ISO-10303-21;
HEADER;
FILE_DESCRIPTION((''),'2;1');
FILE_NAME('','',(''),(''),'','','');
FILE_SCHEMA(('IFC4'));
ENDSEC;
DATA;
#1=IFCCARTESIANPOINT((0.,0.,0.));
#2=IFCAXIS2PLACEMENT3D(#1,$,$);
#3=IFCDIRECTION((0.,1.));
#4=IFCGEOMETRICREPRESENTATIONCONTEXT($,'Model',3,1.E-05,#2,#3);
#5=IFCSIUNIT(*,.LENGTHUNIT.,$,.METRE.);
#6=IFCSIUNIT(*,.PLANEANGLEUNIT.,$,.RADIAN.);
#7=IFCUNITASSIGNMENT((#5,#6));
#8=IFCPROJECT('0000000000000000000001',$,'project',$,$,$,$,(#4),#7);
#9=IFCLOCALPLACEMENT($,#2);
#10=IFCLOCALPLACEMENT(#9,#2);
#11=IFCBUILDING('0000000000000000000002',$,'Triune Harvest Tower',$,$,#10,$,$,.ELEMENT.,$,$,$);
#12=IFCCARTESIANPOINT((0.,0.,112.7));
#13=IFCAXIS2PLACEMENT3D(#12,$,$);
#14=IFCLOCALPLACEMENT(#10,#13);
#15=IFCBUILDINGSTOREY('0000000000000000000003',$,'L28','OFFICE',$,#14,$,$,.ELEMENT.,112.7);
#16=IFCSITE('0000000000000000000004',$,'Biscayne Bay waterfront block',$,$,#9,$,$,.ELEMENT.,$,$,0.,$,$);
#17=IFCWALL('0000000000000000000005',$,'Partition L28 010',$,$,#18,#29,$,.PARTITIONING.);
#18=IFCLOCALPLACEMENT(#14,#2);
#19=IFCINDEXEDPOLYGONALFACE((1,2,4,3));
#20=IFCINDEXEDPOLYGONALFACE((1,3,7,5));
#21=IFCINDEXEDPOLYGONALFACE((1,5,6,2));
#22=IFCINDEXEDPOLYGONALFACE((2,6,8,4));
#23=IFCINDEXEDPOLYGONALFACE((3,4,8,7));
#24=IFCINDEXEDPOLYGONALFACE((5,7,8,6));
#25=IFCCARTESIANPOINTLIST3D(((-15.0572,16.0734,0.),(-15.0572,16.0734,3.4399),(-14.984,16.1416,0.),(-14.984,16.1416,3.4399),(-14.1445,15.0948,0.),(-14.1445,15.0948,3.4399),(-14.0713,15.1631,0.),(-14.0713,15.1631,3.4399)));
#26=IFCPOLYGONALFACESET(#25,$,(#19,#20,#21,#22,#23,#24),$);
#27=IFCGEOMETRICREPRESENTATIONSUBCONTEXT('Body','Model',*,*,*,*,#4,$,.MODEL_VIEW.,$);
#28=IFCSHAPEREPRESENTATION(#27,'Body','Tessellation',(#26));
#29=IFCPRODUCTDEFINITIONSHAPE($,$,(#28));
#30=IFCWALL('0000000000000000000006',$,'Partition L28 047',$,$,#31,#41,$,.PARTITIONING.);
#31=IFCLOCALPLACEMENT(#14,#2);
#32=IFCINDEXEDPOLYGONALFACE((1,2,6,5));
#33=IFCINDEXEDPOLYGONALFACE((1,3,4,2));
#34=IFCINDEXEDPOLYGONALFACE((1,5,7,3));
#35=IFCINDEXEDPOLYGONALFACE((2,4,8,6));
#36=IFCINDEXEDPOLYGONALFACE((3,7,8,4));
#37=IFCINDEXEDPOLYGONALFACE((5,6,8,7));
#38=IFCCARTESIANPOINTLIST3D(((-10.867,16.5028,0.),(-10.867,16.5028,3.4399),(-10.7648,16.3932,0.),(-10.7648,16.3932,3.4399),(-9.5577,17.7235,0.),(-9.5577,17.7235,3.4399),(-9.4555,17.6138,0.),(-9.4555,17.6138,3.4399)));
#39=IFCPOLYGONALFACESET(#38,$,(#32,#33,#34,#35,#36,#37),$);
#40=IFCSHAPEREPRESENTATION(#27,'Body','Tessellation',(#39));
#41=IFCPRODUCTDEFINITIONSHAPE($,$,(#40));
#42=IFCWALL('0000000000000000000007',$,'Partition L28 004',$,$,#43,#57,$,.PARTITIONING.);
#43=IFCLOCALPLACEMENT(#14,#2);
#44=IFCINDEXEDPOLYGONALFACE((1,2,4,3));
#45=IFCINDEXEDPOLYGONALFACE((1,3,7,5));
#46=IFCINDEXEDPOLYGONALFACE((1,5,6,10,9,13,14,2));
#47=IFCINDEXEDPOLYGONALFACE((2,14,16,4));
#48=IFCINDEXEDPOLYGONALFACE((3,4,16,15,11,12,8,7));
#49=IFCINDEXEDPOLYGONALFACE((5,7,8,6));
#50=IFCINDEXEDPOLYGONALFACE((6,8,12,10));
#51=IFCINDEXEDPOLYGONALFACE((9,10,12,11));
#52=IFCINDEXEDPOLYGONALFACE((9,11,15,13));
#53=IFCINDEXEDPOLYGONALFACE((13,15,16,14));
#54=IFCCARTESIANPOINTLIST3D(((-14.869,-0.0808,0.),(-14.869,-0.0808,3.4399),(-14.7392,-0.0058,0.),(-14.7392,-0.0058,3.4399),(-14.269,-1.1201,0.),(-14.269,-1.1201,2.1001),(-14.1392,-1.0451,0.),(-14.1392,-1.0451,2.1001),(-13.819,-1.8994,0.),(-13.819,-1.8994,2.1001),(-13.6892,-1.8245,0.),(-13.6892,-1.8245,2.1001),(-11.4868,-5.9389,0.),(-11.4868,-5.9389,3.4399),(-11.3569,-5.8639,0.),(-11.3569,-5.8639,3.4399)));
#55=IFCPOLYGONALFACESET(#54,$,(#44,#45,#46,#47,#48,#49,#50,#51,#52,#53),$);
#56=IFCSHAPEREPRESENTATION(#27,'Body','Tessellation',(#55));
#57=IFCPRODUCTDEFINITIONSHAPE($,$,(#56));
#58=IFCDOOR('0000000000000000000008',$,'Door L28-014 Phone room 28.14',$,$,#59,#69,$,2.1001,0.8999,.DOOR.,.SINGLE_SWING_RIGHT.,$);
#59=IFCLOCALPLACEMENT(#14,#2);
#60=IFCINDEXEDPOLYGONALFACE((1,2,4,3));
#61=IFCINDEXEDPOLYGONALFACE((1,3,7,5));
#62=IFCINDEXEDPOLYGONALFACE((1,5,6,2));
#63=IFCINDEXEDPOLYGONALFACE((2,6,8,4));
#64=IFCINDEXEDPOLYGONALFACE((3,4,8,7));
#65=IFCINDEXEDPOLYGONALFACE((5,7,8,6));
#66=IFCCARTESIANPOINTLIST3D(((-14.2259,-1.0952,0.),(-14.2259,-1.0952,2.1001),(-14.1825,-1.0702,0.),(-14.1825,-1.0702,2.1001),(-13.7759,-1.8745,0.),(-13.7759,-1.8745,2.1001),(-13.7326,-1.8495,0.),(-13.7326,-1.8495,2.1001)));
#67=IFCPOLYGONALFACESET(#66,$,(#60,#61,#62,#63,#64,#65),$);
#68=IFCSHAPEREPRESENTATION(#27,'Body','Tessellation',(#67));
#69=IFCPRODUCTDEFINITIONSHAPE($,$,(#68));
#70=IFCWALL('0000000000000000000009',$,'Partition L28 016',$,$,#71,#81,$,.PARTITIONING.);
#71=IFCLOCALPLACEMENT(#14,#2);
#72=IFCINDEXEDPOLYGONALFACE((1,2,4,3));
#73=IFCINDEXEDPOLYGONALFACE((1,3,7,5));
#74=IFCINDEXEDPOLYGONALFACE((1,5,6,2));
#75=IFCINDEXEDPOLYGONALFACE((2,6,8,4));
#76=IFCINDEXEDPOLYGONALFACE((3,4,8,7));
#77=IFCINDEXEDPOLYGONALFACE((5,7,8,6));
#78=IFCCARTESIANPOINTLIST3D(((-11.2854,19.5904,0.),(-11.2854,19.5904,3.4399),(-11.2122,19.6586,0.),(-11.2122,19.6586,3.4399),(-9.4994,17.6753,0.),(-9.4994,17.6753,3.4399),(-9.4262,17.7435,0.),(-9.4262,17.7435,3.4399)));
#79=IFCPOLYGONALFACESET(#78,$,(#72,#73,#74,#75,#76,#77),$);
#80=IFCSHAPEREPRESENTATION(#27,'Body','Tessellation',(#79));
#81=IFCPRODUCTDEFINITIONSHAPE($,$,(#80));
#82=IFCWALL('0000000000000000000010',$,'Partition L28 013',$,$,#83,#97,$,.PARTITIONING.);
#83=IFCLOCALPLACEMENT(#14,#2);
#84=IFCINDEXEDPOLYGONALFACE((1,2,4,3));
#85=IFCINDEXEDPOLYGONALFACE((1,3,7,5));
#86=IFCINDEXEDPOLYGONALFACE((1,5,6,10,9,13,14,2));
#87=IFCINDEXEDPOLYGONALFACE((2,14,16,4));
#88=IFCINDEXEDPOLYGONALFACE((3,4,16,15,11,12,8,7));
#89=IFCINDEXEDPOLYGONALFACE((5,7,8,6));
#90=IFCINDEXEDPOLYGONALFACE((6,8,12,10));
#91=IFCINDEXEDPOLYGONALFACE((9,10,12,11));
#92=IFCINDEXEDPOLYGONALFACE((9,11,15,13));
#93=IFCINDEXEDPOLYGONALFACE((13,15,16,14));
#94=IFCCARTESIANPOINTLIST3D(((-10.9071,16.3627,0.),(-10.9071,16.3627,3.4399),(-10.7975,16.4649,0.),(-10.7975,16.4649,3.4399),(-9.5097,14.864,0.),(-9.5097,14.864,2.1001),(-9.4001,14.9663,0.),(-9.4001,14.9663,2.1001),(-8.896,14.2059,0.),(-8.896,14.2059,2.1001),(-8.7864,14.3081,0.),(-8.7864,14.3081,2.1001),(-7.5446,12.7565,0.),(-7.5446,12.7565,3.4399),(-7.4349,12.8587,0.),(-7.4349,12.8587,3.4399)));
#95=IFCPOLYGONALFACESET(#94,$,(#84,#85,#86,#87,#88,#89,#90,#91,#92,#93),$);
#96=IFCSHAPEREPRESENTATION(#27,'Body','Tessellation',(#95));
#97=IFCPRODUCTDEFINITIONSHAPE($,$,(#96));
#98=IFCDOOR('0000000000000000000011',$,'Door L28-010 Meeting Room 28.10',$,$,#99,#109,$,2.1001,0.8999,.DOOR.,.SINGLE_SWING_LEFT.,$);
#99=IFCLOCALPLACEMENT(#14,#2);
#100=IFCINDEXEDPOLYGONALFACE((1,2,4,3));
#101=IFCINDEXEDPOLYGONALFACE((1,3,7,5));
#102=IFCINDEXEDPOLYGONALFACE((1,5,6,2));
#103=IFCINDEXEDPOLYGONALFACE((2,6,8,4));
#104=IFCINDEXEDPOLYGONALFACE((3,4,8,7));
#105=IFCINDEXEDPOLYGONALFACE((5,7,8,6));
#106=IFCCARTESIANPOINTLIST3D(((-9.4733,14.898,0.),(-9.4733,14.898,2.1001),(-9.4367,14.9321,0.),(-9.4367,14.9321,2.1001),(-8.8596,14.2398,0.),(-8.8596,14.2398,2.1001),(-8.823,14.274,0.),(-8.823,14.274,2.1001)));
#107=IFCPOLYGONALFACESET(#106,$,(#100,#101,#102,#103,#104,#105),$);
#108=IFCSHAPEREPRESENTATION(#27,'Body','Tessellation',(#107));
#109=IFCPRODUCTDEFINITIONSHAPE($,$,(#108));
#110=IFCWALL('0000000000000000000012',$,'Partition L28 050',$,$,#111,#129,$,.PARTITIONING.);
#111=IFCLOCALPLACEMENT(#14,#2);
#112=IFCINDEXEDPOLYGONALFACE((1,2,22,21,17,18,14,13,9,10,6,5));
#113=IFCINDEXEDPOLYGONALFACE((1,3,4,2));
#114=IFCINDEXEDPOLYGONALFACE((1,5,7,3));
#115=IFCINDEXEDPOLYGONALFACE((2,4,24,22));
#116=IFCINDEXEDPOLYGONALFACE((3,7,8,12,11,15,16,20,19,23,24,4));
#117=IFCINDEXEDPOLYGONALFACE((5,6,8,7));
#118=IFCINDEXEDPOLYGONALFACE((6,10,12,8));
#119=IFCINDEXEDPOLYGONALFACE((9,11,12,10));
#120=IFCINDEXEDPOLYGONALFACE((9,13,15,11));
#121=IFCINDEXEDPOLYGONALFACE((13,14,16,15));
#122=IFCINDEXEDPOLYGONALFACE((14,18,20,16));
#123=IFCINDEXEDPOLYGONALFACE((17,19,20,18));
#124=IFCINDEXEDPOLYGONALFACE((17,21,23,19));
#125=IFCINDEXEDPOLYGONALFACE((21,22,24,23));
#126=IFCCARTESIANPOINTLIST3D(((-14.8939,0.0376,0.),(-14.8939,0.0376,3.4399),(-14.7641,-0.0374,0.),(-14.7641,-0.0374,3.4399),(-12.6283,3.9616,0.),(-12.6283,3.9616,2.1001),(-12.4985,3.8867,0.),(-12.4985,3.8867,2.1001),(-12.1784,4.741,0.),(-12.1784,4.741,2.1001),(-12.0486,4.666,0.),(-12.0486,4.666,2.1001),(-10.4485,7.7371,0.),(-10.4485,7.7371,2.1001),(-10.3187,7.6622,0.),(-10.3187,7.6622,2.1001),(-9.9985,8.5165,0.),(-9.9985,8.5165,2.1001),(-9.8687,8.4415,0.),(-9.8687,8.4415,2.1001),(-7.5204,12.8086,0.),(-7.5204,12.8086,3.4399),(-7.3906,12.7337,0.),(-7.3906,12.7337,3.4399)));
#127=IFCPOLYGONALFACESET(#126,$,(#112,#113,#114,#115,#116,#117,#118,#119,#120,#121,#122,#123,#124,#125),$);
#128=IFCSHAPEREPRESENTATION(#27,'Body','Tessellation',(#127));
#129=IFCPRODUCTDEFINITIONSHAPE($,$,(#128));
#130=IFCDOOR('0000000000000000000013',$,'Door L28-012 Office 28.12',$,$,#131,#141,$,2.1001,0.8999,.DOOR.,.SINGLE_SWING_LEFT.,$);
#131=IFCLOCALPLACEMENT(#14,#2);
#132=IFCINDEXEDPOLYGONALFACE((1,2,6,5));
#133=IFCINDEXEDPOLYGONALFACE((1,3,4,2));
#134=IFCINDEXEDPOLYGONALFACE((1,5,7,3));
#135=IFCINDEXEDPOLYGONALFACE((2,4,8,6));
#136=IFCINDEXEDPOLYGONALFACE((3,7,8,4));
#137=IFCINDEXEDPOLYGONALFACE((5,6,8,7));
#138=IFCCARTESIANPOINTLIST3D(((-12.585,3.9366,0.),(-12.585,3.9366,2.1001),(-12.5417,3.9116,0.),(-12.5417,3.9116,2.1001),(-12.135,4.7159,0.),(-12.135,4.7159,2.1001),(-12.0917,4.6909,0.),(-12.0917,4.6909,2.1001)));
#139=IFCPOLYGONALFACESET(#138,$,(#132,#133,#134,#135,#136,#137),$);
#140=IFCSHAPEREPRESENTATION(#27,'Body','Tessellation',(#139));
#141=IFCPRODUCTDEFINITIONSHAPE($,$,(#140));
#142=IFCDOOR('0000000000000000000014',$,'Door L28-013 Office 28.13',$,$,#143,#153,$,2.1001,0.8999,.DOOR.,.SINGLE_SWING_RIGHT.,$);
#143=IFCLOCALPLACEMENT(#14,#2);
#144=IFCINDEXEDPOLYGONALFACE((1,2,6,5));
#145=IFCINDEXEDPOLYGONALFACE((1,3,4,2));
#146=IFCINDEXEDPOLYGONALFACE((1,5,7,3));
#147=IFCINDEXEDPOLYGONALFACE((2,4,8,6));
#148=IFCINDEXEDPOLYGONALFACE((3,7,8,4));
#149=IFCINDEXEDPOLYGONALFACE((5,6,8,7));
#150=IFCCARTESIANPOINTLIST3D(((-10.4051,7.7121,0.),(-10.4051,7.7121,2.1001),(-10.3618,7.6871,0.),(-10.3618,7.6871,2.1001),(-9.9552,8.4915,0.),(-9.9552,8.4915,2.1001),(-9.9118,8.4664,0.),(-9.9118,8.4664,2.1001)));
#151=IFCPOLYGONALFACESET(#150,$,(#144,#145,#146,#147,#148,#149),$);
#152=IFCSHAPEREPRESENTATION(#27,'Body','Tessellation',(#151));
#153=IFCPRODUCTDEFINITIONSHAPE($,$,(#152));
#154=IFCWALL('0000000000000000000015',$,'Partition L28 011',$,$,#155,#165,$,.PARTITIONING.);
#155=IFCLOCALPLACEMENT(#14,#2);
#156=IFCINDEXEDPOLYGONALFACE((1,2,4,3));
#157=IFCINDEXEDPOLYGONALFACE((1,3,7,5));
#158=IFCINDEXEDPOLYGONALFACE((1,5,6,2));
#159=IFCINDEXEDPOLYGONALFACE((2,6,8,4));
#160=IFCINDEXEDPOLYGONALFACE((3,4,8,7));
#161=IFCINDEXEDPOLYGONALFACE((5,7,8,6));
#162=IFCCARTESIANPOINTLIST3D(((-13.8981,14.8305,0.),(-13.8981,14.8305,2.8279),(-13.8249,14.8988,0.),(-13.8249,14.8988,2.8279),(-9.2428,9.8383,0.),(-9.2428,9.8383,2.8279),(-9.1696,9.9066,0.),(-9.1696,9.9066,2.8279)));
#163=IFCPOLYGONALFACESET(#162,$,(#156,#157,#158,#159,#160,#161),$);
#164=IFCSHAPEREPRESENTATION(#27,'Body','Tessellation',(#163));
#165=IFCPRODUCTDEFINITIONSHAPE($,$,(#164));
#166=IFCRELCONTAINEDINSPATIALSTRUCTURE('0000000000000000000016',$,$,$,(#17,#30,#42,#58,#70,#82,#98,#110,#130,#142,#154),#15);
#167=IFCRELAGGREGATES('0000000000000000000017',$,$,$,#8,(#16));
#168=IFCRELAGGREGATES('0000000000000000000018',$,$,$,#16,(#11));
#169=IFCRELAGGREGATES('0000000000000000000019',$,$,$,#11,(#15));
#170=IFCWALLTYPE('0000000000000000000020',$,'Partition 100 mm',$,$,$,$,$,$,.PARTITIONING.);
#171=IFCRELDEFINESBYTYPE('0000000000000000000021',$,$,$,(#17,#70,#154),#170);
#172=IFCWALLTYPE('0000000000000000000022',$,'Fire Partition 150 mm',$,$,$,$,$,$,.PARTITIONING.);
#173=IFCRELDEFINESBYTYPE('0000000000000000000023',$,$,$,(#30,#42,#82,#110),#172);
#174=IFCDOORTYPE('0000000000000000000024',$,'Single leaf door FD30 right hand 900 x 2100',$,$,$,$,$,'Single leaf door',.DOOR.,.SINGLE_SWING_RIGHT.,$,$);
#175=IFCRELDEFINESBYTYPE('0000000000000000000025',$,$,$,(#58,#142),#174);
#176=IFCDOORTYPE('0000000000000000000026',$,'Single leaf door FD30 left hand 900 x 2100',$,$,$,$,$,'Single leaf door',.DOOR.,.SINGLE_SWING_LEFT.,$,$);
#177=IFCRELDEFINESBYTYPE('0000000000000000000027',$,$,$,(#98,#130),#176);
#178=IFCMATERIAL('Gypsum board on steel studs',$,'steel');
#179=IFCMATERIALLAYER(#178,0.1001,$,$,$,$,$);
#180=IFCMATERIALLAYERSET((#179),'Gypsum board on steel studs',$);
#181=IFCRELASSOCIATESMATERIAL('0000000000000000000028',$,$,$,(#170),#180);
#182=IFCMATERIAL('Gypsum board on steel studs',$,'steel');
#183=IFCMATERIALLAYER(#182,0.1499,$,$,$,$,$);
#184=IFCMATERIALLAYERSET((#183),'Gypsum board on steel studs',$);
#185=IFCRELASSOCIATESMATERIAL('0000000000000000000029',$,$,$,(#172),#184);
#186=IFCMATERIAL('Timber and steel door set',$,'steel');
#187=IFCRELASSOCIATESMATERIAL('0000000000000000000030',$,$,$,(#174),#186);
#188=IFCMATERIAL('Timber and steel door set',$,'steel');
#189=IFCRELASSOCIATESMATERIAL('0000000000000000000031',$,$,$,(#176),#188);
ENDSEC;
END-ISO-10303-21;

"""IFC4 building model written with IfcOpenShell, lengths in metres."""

from ifc_helpers import new_model, si_unit, direction, frame, frame_2d, origin, place, context, subcontext, project, spatial, rectangle, extrude, source, transform, mapped, material, layer, layer_set, type_object, element, fill, save


model = new_model("IFC4")

# Units and contexts
model_context = context("Model", 3, precision=1e-05, world=origin(), true_north=direction((0.0, 1.0)))
body_context = subcontext(model_context, "Body", "Model", "MODEL_VIEW")
ifc_project = project(units=[si_unit("LENGTHUNIT", "METRE"), si_unit("PLANEANGLEUNIT", "RADIAN")], contexts=[model_context])

# Site, building, storey
site_placement = place(None, origin())
site = spatial("IfcSite", under=ifc_project, at=site_placement, Name="Biscayne Bay waterfront block", CompositionType="ELEMENT", RefElevation=0.0)
building_placement = place(site_placement, origin())
building = spatial("IfcBuilding", under=site, at=building_placement, Name="Triune Harvest Tower", CompositionType="ELEMENT")
storey_placement = place(building_placement, frame((0.0, 0.0, 112.7)))
storey = spatial("IfcBuildingStorey", under=building, at=storey_placement, Name="L28", Description="OFFICE", CompositionType="ELEMENT", Elevation=112.7)

# Shared definitions
ifc_material_1 = material(Name="Gypsum board on steel studs", Category="steel")
ifc_layer_1 = layer(ifc_material_1, 0.1001)
ifc_layer_set_1 = layer_set([ifc_layer_1], Name="Gypsum board on steel studs")
wall_type_1 = type_object("IfcWallType", Name="Partition 100 mm", PredefinedType="PARTITIONING", material=ifc_layer_set_1)

# Walls
shared_shape_1 = source(origin(), body_context, "Body", "SweptSolid", [
    extrude(rectangle(XDim=1.3381, YDim=0.1001, at=frame_2d((0.6689, 0.0))), origin(), (0.0, 0.0, 1.0), 3.4399),
])
wall_1_placement = place(storey_placement, frame((-15.0205, 16.1074, 0.0), z_axis=(0.0, 0.0, 1.0), x_axis=(0.682045, -0.73131, 0.0)))
element("IfcWall", 1, at=wall_1_placement, inside=storey, type_object=wall_type_1, Name="Partition L28 010", PredefinedType="PARTITIONING", context=body_context, shape_type="MappedRepresentation", body=[
    mapped(shared_shape_1, transform((0.0, 0.0, 0.0), scale=1.0)),
])
ifc_material_2 = material(Name="Gypsum board on steel studs", Category="steel")
ifc_layer_2 = layer(ifc_material_2, 0.1499)
ifc_layer_set_2 = layer_set([ifc_layer_2], Name="Gypsum board on steel studs")
wall_type_2 = type_object("IfcWallType", Name="Fire Partition 150 mm", PredefinedType="PARTITIONING", material=ifc_layer_set_2)
shared_shape_2 = source(origin(), body_context, "Body", "SweptSolid", [
    extrude(rectangle(XDim=1.79, YDim=0.1499, at=frame_2d((0.895, 0.0))), origin(), (0.0, 0.0, 1.0), 3.4399),
])
wall_2_placement = place(storey_placement, frame((-10.8159, 16.448, 0.0), z_axis=(0.0, 0.0, 1.0), x_axis=(0.731427, 0.68192, 0.0)))
element("IfcWall", 2, at=wall_2_placement, inside=storey, type_object=wall_type_2, Name="Partition L28 047", PredefinedType="PARTITIONING", context=body_context, shape_type="MappedRepresentation", body=[
    mapped(shared_shape_2, transform((0.0, 0.0, 0.0), scale=1.0)),
])

# Wall, opening, door
shared_shape_3 = source(origin(), body_context, "Body", "SweptSolid", [
    extrude(rectangle(XDim=6.7644, YDim=0.1499, at=frame_2d((3.3823, 0.0))), origin(), (0.0, 0.0, 1.0), 3.4399),
])
wall_3_placement = place(storey_placement, frame((-14.8042, -0.0432, 0.0), z_axis=(0.0, 0.0, 1.0), x_axis=(0.500013, -0.866018, 0.0)))
wall_3 = element("IfcWall", 3, at=wall_3_placement, inside=storey, type_object=wall_type_2, Name="Partition L28 004", PredefinedType="PARTITIONING", context=body_context, shape_type="MappedRepresentation", body=[
    mapped(shared_shape_3, transform((0.0, 0.0, 0.0), scale=1.0)),
])
opening_1_placement = place(wall_3_placement, frame((1.2002, 0.0, 0.0)))
opening_1 = element("IfcOpeningElement", 4, at=opening_1_placement, cuts=wall_3, PredefinedType="OPENING", context=body_context, shape_type="SweptSolid", body=[
    extrude(rectangle(XDim=0.8999, YDim=2.1001, at=frame_2d((0.45, 1.05))), frame((0.0, 0.085, 0.0), z_axis=(0.0, -1.0, 0.0), x_axis=(1.0, 0.0, 0.0)), (0.0, 0.0, 1.0), 0.1699),
])
ifc_material_3 = material(Name="Timber and steel door set", Category="steel")
door_type_1 = type_object("IfcDoorType", Name="Single leaf door FD30 right hand 900 x 2100", ElementType="Single leaf door", OperationType="SINGLE_SWING_RIGHT", PredefinedType="DOOR", material=ifc_material_3)
door_1_placement = place(opening_1_placement, origin())
door_1 = element("IfcDoor", 5, at=door_1_placement, inside=storey, type_object=door_type_1, Name="Door L28-014 Phone room 28.14", OperationType="SINGLE_SWING_RIGHT", OverallHeight=2.1001, OverallWidth=0.8999, PredefinedType="DOOR", context=body_context, shape_type="SweptSolid", body=[
    extrude(rectangle(XDim=0.8999, YDim=2.1001, at=frame_2d((0.45, 1.05))), frame((0.0, 0.0249, 0.0), z_axis=(0.0, -1.0, 0.0), x_axis=(1.0, 0.0, 0.0)), (0.0, 0.0, 1.0), 0.05),
])
fill(opening_1, door_1)

# Wall
shared_shape_4 = source(origin(), body_context, "Body", "SweptSolid", [
    extrude(rectangle(XDim=2.6187, YDim=0.1001, at=frame_2d((1.3093, 0.0))), origin(), (0.0, 0.0, 1.0), 3.4399),
])
wall_4_placement = place(storey_placement, frame((-11.2488, 19.6245, 0.0), z_axis=(0.0, 0.0, 1.0), x_axis=(0.682016, -0.731337, 0.0)))
element("IfcWall", 6, at=wall_4_placement, inside=storey, type_object=wall_type_1, Name="Partition L28 016", PredefinedType="PARTITIONING", context=body_context, shape_type="MappedRepresentation", body=[
    mapped(shared_shape_4, transform((0.0, 0.0, 0.0), scale=1.0)),
])

# Wall, opening, door
shared_shape_5 = source(origin(), body_context, "Body", "SweptSolid", [
    extrude(rectangle(XDim=4.9307, YDim=0.1499, at=frame_2d((2.4653, 0.0))), origin(), (0.0, 0.0, 1.0), 3.4399),
])
wall_5_placement = place(storey_placement, frame((-10.8523, 16.4138, 0.0), z_axis=(0.0, 0.0, 1.0), x_axis=(0.681967, -0.731383, 0.0)))
wall_5 = element("IfcWall", 7, at=wall_5_placement, inside=storey, type_object=wall_type_2, Name="Partition L28 013", PredefinedType="PARTITIONING", context=body_context, shape_type="MappedRepresentation", body=[
    mapped(shared_shape_5, transform((0.0, 0.0, 0.0), scale=1.0)),
])
opening_2_placement = place(wall_5_placement, frame((2.0491, 0.0, 0.0)))
opening_2 = element("IfcOpeningElement", 8, at=opening_2_placement, cuts=wall_5, PredefinedType="OPENING", context=body_context, shape_type="SweptSolid", body=[
    extrude(rectangle(XDim=0.8999, YDim=2.1001, at=frame_2d((0.45, 1.05))), frame((0.0, 0.085, 0.0), z_axis=(0.0, -1.0, 0.0), x_axis=(1.0, 0.0, 0.0)), (0.0, 0.0, 1.0), 0.1699),
])
ifc_material_4 = material(Name="Timber and steel door set", Category="steel")
door_type_2 = type_object("IfcDoorType", Name="Single leaf door FD30 left hand 900 x 2100", ElementType="Single leaf door", OperationType="SINGLE_SWING_LEFT", PredefinedType="DOOR", material=ifc_material_4)
door_2_placement = place(opening_2_placement, origin())
door_2 = element("IfcDoor", 9, at=door_2_placement, inside=storey, type_object=door_type_2, Name="Door L28-010 Meeting Room 28.10", OperationType="SINGLE_SWING_LEFT", OverallHeight=2.1001, OverallWidth=0.8999, PredefinedType="DOOR", context=body_context, shape_type="SweptSolid", body=[
    extrude(rectangle(XDim=0.8999, YDim=2.1001, at=frame_2d((0.45, 1.05))), frame((0.0, 0.0249, 0.0), z_axis=(0.0, -1.0, 0.0), x_axis=(1.0, 0.0, 0.0)), (0.0, 0.0, 1.0), 0.05),
])
fill(opening_2, door_2)

# Wall, openings, doors
shared_shape_6 = source(origin(), body_context, "Body", "SweptSolid", [
    extrude(rectangle(XDim=14.7468, YDim=0.1499, at=frame_2d((7.3735, 0.0))), origin(), (0.0, 0.0, 1.0), 3.4399),
])
wall_6_placement = place(storey_placement, frame((-14.8291, 0.0, 0.0), z_axis=(0.0, 0.0, 1.0), x_axis=(0.50001, 0.86602, 0.0)))
wall_6 = element("IfcWall", 10, at=wall_6_placement, inside=storey, type_object=wall_type_2, Name="Partition L28 050", PredefinedType="PARTITIONING", context=body_context, shape_type="MappedRepresentation", body=[
    mapped(shared_shape_6, transform((0.0, 0.0, 0.0), scale=1.0)),
])
opening_3_placement = place(wall_6_placement, frame((4.5312, 0.0, 0.0)))
opening_3 = element("IfcOpeningElement", 11, at=opening_3_placement, cuts=wall_6, PredefinedType="OPENING", context=body_context, shape_type="SweptSolid", body=[
    extrude(rectangle(XDim=0.8999, YDim=2.1001, at=frame_2d((0.45, 1.05))), frame((0.0, 0.085, 0.0), z_axis=(0.0, -1.0, 0.0), x_axis=(1.0, 0.0, 0.0)), (0.0, 0.0, 1.0), 0.1699),
])
opening_4_placement = place(wall_6_placement, frame((8.8909, 0.0, 0.0)))
opening_4 = element("IfcOpeningElement", 12, at=opening_4_placement, cuts=wall_6, PredefinedType="OPENING", context=body_context, shape_type="SweptSolid", body=[
    extrude(rectangle(XDim=0.8999, YDim=2.1001, at=frame_2d((0.45, 1.05))), frame((0.0, 0.085, 0.0), z_axis=(0.0, -1.0, 0.0), x_axis=(1.0, 0.0, 0.0)), (0.0, 0.0, 1.0), 0.1699),
])
door_3_placement = place(opening_3_placement, origin())
door_3 = element("IfcDoor", 13, at=door_3_placement, inside=storey, type_object=door_type_2, Name="Door L28-012 Office 28.12", OperationType="SINGLE_SWING_LEFT", OverallHeight=2.1001, OverallWidth=0.8999, PredefinedType="DOOR", context=body_context, shape_type="SweptSolid", body=[
    extrude(rectangle(XDim=0.8999, YDim=2.1001, at=frame_2d((0.45, 1.05))), frame((0.0, 0.0249, 0.0), z_axis=(0.0, -1.0, 0.0), x_axis=(1.0, 0.0, 0.0)), (0.0, 0.0, 1.0), 0.05),
])
fill(opening_3, door_3)
door_4_placement = place(opening_4_placement, origin())
door_4 = element("IfcDoor", 14, at=door_4_placement, inside=storey, type_object=door_type_1, Name="Door L28-013 Office 28.13", OperationType="SINGLE_SWING_RIGHT", OverallHeight=2.1001, OverallWidth=0.8999, PredefinedType="DOOR", context=body_context, shape_type="SweptSolid", body=[
    extrude(rectangle(XDim=0.8999, YDim=2.1001, at=frame_2d((0.45, 1.05))), frame((0.0, 0.0249, 0.0), z_axis=(0.0, -1.0, 0.0), x_axis=(1.0, 0.0, 0.0)), (0.0, 0.0, 1.0), 0.05),
])
fill(opening_4, door_4)

# Wall
shared_shape_7 = source(origin(), body_context, "Body", "SweptSolid", [
    extrude(rectangle(XDim=6.8259, YDim=0.1001, at=frame_2d((3.4131, 0.0))), origin(), (0.0, 0.0, 1.0), 2.8279),
])
wall_7_placement = place(storey_placement, frame((-13.8616, 14.8647, 0.0), z_axis=(0.0, 0.0, 1.0), x_axis=(0.681997, -0.731355, 0.0)))
element("IfcWall", 15, at=wall_7_placement, inside=storey, type_object=wall_type_1, Name="Partition L28 011", PredefinedType="PARTITIONING", context=body_context, shape_type="MappedRepresentation", body=[
    mapped(shared_shape_7, transform((0.0, 0.0, 0.0), scale=1.0)),
])

save(model, "model.ifc")
